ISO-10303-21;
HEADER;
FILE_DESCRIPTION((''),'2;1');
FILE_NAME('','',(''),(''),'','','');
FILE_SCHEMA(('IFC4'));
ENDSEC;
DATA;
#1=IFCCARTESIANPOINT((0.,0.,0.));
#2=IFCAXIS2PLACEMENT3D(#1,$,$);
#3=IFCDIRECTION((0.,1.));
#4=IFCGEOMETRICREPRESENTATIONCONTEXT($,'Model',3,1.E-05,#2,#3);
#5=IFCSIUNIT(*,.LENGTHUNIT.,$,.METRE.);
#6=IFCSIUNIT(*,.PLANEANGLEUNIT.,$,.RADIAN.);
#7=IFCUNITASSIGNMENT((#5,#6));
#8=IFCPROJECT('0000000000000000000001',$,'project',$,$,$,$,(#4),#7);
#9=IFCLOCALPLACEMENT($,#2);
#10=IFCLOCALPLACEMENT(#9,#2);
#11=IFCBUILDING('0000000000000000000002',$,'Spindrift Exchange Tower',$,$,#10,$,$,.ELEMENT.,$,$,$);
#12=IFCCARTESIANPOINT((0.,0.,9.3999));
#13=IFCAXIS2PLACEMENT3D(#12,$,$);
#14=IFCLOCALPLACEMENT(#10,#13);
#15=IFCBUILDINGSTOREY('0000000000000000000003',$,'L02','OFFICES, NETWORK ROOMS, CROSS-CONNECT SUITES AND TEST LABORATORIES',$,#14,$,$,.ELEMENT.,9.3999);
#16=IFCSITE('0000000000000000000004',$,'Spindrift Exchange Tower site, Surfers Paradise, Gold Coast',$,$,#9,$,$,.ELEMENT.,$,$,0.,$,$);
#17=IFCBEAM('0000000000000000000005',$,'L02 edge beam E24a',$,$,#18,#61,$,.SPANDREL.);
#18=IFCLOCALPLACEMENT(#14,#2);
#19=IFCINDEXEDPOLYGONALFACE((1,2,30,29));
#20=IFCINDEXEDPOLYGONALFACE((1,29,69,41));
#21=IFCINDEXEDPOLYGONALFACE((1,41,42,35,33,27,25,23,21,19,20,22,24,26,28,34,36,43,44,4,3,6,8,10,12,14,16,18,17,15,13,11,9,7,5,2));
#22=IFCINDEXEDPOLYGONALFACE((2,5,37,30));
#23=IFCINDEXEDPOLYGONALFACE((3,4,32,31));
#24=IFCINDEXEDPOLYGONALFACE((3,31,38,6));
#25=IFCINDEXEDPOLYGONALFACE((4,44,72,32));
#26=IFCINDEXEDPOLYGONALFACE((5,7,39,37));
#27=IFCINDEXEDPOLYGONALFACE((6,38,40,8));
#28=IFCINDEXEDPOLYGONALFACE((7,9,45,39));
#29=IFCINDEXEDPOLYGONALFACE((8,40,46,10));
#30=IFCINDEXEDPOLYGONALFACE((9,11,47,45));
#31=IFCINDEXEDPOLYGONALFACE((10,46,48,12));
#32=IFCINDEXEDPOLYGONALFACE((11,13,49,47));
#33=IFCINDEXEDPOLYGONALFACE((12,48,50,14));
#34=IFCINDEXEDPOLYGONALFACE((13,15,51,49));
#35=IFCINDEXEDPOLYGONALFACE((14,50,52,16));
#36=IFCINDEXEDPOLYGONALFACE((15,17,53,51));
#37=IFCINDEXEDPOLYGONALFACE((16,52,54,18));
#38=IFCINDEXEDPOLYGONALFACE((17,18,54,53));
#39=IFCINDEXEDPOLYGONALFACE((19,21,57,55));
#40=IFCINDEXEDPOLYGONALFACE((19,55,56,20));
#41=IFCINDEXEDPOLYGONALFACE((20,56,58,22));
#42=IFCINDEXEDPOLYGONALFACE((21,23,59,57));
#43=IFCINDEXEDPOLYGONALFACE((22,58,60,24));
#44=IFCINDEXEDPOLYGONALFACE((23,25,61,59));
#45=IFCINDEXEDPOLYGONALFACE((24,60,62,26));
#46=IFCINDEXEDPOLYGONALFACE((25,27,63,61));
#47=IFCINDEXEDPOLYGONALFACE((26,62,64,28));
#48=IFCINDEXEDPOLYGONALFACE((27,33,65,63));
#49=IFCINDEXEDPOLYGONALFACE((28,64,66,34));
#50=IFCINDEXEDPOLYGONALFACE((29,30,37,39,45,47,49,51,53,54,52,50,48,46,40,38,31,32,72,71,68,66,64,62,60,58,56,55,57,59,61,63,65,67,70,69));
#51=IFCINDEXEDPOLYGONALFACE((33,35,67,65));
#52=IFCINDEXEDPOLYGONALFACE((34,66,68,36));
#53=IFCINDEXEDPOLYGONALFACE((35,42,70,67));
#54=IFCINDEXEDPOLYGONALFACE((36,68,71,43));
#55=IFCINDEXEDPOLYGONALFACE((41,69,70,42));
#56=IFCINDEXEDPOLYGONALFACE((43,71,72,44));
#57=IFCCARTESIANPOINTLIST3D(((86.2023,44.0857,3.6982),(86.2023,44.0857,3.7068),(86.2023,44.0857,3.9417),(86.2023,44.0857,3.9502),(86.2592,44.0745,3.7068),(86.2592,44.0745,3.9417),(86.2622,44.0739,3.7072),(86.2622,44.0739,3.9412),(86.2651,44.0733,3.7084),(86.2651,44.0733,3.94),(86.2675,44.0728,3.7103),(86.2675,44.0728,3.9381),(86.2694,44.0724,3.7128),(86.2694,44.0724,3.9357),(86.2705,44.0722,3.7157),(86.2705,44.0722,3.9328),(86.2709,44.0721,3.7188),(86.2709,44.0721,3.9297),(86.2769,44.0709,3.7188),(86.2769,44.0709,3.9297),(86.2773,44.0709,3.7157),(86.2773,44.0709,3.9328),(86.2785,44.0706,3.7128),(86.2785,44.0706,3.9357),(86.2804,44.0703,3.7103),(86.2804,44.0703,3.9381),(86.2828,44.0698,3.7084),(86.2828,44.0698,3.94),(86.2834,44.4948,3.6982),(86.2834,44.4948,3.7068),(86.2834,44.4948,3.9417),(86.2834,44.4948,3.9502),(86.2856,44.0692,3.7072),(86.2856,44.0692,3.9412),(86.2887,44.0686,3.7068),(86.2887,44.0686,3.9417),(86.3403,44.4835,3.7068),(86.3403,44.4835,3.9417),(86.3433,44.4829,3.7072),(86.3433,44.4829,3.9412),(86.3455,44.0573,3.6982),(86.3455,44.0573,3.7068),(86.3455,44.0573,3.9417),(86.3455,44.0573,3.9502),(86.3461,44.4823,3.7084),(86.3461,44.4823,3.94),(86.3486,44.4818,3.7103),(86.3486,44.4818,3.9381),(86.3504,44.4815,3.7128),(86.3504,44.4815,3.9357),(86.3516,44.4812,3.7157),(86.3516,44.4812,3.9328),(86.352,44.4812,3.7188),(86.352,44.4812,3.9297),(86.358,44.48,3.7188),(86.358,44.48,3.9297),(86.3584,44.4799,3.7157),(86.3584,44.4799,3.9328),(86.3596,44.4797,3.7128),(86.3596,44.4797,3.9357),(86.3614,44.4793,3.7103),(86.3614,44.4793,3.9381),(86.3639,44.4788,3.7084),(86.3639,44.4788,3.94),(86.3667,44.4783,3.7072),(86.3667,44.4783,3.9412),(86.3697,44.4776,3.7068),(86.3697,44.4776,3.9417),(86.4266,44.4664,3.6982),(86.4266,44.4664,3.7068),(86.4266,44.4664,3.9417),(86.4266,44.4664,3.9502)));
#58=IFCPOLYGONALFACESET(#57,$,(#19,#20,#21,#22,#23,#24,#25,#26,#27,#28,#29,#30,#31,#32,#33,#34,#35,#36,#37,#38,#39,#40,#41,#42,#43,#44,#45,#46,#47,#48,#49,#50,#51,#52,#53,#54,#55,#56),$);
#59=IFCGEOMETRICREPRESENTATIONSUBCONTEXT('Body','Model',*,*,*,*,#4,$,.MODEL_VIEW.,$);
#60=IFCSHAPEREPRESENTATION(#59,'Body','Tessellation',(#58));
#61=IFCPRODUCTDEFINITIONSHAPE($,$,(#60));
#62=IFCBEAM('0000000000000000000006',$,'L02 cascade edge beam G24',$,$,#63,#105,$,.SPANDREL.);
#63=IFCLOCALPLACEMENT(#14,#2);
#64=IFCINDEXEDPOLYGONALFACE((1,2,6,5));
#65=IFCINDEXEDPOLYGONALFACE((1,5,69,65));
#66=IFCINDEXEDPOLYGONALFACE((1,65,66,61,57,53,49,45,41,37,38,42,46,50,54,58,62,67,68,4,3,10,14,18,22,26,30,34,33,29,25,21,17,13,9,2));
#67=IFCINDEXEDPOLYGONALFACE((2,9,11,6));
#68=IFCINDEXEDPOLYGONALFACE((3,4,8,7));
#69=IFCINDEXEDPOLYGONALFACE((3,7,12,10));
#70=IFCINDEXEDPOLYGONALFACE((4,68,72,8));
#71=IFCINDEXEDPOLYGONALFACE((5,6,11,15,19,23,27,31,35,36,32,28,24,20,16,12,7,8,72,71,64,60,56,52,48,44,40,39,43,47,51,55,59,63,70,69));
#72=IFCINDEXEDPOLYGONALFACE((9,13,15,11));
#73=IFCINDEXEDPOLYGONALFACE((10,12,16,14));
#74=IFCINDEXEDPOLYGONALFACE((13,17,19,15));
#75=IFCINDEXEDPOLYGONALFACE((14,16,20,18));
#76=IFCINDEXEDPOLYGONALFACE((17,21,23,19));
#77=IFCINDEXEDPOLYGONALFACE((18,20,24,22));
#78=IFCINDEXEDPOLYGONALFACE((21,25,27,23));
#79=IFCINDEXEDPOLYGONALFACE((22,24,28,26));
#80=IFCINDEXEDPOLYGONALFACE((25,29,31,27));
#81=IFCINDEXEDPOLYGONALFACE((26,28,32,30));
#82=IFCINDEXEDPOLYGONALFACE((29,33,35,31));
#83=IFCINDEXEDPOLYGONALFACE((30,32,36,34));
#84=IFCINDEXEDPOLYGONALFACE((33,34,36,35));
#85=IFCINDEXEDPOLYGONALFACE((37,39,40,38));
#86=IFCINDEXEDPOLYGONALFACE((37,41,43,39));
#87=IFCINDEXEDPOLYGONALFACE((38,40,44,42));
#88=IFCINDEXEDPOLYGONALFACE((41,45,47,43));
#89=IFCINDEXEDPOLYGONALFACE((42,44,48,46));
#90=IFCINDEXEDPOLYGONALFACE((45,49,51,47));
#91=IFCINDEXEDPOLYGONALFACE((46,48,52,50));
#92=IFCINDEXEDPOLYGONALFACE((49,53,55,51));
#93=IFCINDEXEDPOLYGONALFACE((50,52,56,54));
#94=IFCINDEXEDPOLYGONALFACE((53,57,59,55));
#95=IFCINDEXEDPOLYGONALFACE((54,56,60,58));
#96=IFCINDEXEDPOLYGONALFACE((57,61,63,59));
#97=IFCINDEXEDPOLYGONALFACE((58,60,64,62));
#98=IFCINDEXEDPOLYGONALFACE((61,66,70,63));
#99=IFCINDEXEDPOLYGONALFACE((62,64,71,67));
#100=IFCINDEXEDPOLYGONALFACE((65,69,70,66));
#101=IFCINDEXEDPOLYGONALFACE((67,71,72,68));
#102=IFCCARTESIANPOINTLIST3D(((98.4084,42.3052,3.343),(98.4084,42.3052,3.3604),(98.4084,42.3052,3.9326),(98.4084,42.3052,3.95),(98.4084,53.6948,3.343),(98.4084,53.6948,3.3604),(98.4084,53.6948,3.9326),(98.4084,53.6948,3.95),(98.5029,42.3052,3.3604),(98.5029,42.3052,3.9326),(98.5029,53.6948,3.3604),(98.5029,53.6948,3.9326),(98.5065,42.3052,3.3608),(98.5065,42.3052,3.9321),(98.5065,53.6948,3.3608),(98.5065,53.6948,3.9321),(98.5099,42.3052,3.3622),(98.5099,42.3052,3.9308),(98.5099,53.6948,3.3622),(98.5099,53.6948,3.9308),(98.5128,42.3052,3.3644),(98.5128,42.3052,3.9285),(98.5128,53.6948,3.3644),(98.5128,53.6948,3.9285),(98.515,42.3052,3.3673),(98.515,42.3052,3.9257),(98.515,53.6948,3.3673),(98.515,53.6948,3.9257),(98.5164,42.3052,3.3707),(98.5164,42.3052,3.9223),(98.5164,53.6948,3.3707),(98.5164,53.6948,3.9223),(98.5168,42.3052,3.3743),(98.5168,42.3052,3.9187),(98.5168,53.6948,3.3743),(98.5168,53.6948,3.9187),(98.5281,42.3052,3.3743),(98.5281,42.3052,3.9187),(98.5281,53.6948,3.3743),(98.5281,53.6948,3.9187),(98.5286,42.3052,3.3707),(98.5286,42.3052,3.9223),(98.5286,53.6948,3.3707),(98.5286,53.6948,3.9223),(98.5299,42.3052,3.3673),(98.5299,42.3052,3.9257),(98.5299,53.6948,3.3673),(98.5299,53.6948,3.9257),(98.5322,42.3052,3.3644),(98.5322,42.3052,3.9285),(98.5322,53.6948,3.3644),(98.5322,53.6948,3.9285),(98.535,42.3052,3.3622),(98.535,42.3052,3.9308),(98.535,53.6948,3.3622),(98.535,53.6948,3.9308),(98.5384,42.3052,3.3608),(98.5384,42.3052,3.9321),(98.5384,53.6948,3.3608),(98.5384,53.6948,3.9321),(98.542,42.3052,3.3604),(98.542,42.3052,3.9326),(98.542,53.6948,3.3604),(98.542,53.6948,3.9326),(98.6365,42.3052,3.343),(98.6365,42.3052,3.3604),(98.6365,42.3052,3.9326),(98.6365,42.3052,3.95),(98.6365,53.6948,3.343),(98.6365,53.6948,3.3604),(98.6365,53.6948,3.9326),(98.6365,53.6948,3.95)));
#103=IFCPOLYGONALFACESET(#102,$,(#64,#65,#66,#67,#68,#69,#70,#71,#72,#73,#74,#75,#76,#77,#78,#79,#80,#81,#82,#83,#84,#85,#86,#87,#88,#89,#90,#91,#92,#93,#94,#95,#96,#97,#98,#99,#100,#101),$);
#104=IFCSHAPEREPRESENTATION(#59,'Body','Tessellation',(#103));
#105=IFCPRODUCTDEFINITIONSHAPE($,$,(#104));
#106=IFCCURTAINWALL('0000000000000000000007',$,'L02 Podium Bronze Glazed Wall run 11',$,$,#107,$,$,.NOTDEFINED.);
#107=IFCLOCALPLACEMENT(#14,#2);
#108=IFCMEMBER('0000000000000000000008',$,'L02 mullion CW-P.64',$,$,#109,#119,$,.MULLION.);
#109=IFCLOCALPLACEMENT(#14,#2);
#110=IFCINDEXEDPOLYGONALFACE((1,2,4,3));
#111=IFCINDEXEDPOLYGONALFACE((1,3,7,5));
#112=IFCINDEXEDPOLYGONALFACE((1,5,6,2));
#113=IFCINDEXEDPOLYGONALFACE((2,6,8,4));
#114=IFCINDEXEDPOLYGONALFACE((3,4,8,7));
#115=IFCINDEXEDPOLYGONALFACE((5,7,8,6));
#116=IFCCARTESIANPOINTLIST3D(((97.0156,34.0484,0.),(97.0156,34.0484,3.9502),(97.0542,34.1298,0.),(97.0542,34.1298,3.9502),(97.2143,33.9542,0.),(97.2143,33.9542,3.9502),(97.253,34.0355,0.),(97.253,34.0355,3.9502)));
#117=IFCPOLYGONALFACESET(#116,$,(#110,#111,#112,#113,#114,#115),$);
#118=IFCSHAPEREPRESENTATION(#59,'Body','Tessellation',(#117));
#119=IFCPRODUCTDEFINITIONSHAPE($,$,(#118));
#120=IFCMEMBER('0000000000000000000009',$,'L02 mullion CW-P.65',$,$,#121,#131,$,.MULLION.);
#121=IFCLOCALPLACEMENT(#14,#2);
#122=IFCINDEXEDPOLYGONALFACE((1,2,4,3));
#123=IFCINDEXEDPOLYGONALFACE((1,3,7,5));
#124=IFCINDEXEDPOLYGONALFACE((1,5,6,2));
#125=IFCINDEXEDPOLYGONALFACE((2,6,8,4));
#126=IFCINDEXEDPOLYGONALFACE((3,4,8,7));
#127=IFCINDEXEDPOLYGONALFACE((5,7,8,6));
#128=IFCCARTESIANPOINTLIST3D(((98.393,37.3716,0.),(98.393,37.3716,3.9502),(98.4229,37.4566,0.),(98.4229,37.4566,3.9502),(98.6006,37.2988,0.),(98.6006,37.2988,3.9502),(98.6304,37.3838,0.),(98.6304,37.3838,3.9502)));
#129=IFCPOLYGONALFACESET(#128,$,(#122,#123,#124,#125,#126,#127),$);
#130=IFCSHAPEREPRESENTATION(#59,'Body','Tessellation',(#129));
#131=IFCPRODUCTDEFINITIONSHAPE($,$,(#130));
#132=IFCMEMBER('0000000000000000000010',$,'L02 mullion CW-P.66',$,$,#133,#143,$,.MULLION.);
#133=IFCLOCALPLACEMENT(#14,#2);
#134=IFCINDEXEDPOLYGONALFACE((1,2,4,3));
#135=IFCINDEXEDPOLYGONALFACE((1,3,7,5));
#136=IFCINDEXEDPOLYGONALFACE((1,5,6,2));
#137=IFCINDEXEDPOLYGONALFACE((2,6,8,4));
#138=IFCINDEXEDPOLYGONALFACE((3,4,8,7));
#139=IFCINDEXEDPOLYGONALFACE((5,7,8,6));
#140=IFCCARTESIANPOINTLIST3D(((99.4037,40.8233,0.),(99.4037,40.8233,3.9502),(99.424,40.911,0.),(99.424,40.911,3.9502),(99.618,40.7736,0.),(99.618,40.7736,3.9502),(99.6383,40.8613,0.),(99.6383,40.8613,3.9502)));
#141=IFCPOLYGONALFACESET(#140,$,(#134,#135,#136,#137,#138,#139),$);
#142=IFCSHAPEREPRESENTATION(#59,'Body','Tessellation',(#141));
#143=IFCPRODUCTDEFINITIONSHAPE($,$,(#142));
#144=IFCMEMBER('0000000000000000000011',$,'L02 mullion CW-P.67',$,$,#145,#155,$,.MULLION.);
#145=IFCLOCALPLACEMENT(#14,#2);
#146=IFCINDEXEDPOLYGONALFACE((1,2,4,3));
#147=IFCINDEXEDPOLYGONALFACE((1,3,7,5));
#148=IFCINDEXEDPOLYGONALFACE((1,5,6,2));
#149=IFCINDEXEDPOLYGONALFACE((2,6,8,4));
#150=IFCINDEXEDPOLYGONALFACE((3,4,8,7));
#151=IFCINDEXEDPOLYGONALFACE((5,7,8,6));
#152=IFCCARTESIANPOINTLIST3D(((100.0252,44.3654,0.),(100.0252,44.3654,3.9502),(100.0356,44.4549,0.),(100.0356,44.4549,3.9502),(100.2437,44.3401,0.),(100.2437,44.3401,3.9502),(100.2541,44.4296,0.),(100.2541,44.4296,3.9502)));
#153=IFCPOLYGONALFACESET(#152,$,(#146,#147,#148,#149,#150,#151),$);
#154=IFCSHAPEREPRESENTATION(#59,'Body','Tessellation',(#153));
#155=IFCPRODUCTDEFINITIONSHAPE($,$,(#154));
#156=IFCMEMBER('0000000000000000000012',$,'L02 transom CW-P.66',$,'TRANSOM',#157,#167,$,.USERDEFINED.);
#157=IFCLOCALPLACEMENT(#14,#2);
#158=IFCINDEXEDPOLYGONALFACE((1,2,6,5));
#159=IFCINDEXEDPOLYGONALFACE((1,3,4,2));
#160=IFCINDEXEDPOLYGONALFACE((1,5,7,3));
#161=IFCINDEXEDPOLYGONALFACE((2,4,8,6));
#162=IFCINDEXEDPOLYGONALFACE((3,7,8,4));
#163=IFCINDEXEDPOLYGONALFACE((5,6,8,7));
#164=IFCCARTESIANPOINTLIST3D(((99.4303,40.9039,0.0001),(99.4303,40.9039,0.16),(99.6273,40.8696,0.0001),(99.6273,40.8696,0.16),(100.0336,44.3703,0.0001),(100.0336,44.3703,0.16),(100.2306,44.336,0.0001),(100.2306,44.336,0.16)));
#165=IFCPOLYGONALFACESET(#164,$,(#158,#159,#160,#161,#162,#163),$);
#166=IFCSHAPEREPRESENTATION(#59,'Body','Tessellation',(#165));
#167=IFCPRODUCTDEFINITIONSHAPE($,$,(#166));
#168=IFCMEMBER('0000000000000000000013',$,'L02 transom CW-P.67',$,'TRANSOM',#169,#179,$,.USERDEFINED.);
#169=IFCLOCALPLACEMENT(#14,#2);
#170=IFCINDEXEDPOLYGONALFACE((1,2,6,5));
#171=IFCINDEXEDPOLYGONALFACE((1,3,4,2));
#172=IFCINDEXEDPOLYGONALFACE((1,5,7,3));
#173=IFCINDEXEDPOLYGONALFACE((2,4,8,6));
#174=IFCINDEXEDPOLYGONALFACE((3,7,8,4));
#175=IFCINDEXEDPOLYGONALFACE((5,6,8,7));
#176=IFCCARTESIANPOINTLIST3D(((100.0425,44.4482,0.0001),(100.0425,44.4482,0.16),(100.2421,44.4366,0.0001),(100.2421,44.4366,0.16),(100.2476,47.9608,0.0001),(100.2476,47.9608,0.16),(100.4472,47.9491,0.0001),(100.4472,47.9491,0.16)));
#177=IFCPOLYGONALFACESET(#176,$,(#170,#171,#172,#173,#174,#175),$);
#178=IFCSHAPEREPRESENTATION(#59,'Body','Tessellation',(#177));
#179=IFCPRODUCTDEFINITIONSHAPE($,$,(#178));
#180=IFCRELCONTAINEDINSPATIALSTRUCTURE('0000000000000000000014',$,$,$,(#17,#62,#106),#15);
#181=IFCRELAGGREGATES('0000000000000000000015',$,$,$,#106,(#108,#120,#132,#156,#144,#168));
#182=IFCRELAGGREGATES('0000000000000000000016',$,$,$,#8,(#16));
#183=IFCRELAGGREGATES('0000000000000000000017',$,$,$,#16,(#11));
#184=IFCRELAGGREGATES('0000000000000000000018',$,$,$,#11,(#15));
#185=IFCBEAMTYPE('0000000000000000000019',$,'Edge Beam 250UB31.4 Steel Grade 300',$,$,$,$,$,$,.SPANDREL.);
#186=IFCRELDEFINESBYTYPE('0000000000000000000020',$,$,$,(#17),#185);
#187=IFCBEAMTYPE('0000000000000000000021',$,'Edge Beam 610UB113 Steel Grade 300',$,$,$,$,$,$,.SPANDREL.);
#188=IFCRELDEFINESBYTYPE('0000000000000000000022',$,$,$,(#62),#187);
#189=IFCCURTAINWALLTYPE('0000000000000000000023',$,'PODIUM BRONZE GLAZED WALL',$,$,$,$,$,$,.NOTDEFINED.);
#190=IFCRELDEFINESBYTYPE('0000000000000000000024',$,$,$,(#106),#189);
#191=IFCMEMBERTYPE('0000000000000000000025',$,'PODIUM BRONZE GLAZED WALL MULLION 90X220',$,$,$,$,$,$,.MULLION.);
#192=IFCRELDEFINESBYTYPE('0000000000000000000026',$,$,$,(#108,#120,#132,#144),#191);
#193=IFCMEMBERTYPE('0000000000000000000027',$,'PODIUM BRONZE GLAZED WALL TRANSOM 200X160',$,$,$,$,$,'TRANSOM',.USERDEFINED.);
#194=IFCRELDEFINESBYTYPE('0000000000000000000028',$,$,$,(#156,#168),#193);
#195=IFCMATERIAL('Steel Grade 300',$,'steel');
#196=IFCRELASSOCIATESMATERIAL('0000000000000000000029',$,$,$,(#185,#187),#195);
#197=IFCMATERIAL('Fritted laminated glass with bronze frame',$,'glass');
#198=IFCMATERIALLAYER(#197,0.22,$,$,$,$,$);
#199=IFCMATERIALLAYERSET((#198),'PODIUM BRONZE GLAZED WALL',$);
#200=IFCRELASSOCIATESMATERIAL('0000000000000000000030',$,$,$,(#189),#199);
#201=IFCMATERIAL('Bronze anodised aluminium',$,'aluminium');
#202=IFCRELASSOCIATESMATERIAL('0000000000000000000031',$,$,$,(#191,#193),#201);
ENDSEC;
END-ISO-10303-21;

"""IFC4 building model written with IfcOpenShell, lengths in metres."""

from ifc_helpers import new_model, si_unit, direction, frame, origin, origin_2d, place, context, subcontext, project, spatial, rectangle, i_section, extrude, source, transform, mapped, material, layer, layer_set, material_profile, profile_set, type_object, element, aggregate, save


model = new_model("IFC4")

# Units and contexts
model_context = context("Model", 3, precision=1e-05, world=origin(), true_north=direction((0.0, 1.0)))
body_context = subcontext(model_context, "Body", "Model", "MODEL_VIEW")
ifc_project = project(units=[si_unit("LENGTHUNIT", "METRE"), si_unit("PLANEANGLEUNIT", "RADIAN")], contexts=[model_context])

# Site, building, storey
site_placement = place(None, origin())
site = spatial("IfcSite", under=ifc_project, at=site_placement, Name="Spindrift Exchange Tower site, Surfers Paradise, Gold Coast", CompositionType="ELEMENT", RefElevation=0.0)
building_placement = place(site_placement, origin())
building = spatial("IfcBuilding", under=site, at=building_placement, Name="Spindrift Exchange Tower", CompositionType="ELEMENT")
storey_placement = place(building_placement, frame((0.0, 0.0, 9.3999)))
storey = spatial("IfcBuildingStorey", under=building, at=storey_placement, Name="L02", Description="OFFICES, NETWORK ROOMS, CROSS-CONNECT SUITES AND TEST LABORATORIES", CompositionType="ELEMENT", Elevation=9.3999)

# Beams
ifc_material_1 = material(Name="Steel Grade 300", Category="steel")
ifc_material_profile_1 = material_profile(ifc_material_1, i_section(OverallWidth=0.146, OverallDepth=0.252, WebThickness=0.0061, FlangeThickness=0.0085, FilletRadius=0.012, at=origin_2d()), Name="250UB31.4")
ifc_profile_set_1 = profile_set([ifc_material_profile_1], Name="Steel Grade 300")
beam_type_1 = type_object("IfcBeamType", Name="Edge Beam 250UB31.4 Steel Grade 300", PredefinedType="SPANDREL", material=ifc_profile_set_1)
shared_shape_1 = source(origin(), body_context, "Body", "SweptSolid", [
    extrude(i_section(OverallWidth=0.146, OverallDepth=0.252, WebThickness=0.0061, FlangeThickness=0.0085, FilletRadius=0.012, at=origin_2d()), origin(), (0.0, 0.0, 1.0), 0.417),
])
beam_1_placement = place(storey_placement, frame((86.2739, 44.0715, 3.8242), z_axis=(0.194427, 0.980917, 0.0), x_axis=(-0.980917, 0.194427, 0.0)))
element("IfcBeam", 1, at=beam_1_placement, inside=storey, type_object=beam_type_1, Name="L02 edge beam E24a", PredefinedType="SPANDREL", context=body_context, shape_type="MappedRepresentation", body=[
    mapped(shared_shape_1, transform((0.0, 0.0, 0.0), scale=1.0)),
])
ifc_material_profile_2 = material_profile(ifc_material_1, i_section(OverallWidth=0.228, OverallDepth=0.6069, WebThickness=0.0112, FlangeThickness=0.0173, FilletRadius=0.0139, at=origin_2d()), Name="610UB113")
ifc_profile_set_2 = profile_set([ifc_material_profile_2], Name="Steel Grade 300")
beam_type_2 = type_object("IfcBeamType", Name="Edge Beam 610UB113 Steel Grade 300", PredefinedType="SPANDREL", material=ifc_profile_set_2)
shared_shape_2 = source(origin(), body_context, "Body", "SweptSolid", [
    extrude(i_section(OverallWidth=0.228, OverallDepth=0.6069, WebThickness=0.0112, FlangeThickness=0.0173, FilletRadius=0.0139, at=origin_2d()), origin(), (0.0, 0.0, 1.0), 11.3896),
])
beam_2_placement = place(storey_placement, frame((98.5225, 42.3052, 3.6465), z_axis=(0.0, 1.0, 0.0), x_axis=(-1.0, 0.0, 0.0)))
element("IfcBeam", 2, at=beam_2_placement, inside=storey, type_object=beam_type_2, Name="L02 cascade edge beam G24", PredefinedType="SPANDREL", context=body_context, shape_type="MappedRepresentation", body=[
    mapped(shared_shape_2, transform((0.0, 0.0, 0.0), scale=1.0)),
])

# Curtain wall, members
ifc_material_2 = material(Name="Fritted laminated glass with bronze frame", Category="glass")
ifc_layer_1 = layer(ifc_material_2, 0.22)
ifc_layer_set_1 = layer_set([ifc_layer_1], Name="PODIUM BRONZE GLAZED WALL")
curtain_wall_type = type_object("IfcCurtainWallType", Name="PODIUM BRONZE GLAZED WALL", PredefinedType="NOTDEFINED", material=ifc_layer_set_1)
curtain_wall_placement = place(storey_placement, origin())
curtain_wall = element("IfcCurtainWall", 3, at=curtain_wall_placement, inside=storey, type_object=curtain_wall_type, Name="L02 Podium Bronze Glazed Wall run 11", PredefinedType="NOTDEFINED")
ifc_material_3 = material(Name="Bronze anodised aluminium", Category="aluminium")
ifc_material_profile_3 = material_profile(ifc_material_3, rectangle(XDim=0.0901, YDim=0.22, at=origin_2d()), Name="PODIUM BRONZE GLAZED WALL MULLION 90X220")
ifc_profile_set_3 = profile_set([ifc_material_profile_3], Name="Bronze anodised aluminium")
member_type_1 = type_object("IfcMemberType", Name="PODIUM BRONZE GLAZED WALL MULLION 90X220", PredefinedType="MULLION", material=ifc_profile_set_3)
shared_shape_3 = source(origin(), body_context, "Body", "SweptSolid", [
    extrude(rectangle(XDim=0.0901, YDim=0.22, at=origin_2d()), origin(), (0.0, 0.0, 1.0), 3.9502),
])
member_1_placement = place(storey_placement, frame((97.1343, 34.042, 0.0), z_axis=(0.0, 0.0, 1.0), x_axis=(0.428639, 0.903476, 0.0)))
member_1 = element("IfcMember", 4, at=member_1_placement, type_object=member_type_1, Name="L02 mullion CW-P.64", PredefinedType="MULLION", context=body_context, shape_type="MappedRepresentation", body=[
    mapped(shared_shape_3, transform((0.0, 0.0, 0.0), scale=1.0)),
])
member_2_placement = place(storey_placement, frame((98.5117, 37.3777, 0.0), z_axis=(0.0, 0.0, 1.0), x_axis=(0.331176, 0.943569, 0.0)))
member_2 = element("IfcMember", 5, at=member_2_placement, type_object=member_type_1, Name="L02 mullion CW-P.65", PredefinedType="MULLION", context=body_context, shape_type="MappedRepresentation", body=[
    mapped(shared_shape_3, transform((0.0, 0.0, 0.0), scale=1.0)),
])
member_3_placement = place(storey_placement, frame((99.521, 40.8423, 0.0), z_axis=(0.0, 0.0, 1.0), x_axis=(0.225922, 0.974145, 0.0)))
member_3 = element("IfcMember", 6, at=member_3_placement, type_object=member_type_1, Name="L02 mullion CW-P.66", PredefinedType="MULLION", context=body_context, shape_type="MappedRepresentation", body=[
    mapped(shared_shape_3, transform((0.0, 0.0, 0.0), scale=1.0)),
])
member_4_placement = place(storey_placement, frame((100.1396, 44.3975, 0.0), z_axis=(0.0, 0.0, 1.0), x_axis=(0.115039, 0.993361, 0.0)))
member_4 = element("IfcMember", 7, at=member_4_placement, type_object=member_type_1, Name="L02 mullion CW-P.67", PredefinedType="MULLION", context=body_context, shape_type="MappedRepresentation", body=[
    mapped(shared_shape_3, transform((0.0, 0.0, 0.0), scale=1.0)),
])
ifc_material_profile_4 = material_profile(ifc_material_3, rectangle(XDim=0.2, YDim=0.1599, at=origin_2d()), Name="PODIUM BRONZE GLAZED WALL TRANSOM 200X160")
ifc_profile_set_4 = profile_set([ifc_material_profile_4], Name="Bronze anodised aluminium")
member_type_2 = type_object("IfcMemberType", Name="PODIUM BRONZE GLAZED WALL TRANSOM 200X160", ElementType="TRANSOM", PredefinedType="USERDEFINED", material=ifc_profile_set_4)
shared_shape_4 = source(origin(), body_context, "Body", "SweptSolid", [
    extrude(rectangle(XDim=0.2, YDim=0.1599, at=origin_2d()), origin(), (0.0, 0.0, 1.0), 3.5186),
])
member_5_placement = place(storey_placement, frame((99.5288, 40.8867, 0.0801), z_axis=(0.17145, 0.985193, 0.0), x_axis=(-0.985193, 0.17145, 0.0)))
member_5 = element("IfcMember", 8, at=member_5_placement, type_object=member_type_2, Name="L02 transom CW-P.66", ObjectType="TRANSOM", PredefinedType="USERDEFINED", context=body_context, shape_type="MappedRepresentation", body=[
    mapped(shared_shape_4, transform((0.0, 0.0, 0.0), scale=1.0)),
])
member_6_placement = place(storey_placement, frame((100.1423, 44.4424, 0.0801), z_axis=(0.058283, 0.9983, 0.0), x_axis=(-0.9983, 0.058283, 0.0)))
member_6 = element("IfcMember", 9, at=member_6_placement, type_object=member_type_2, Name="L02 transom CW-P.67", ObjectType="TRANSOM", PredefinedType="USERDEFINED", context=body_context, shape_type="MappedRepresentation", body=[
    mapped(shared_shape_4, transform((0.0, 0.0, 0.0), scale=1.0)),
])
aggregate(curtain_wall, [member_1, member_2, member_3, member_5, member_4, member_6])

save(model, "model.ifc")
